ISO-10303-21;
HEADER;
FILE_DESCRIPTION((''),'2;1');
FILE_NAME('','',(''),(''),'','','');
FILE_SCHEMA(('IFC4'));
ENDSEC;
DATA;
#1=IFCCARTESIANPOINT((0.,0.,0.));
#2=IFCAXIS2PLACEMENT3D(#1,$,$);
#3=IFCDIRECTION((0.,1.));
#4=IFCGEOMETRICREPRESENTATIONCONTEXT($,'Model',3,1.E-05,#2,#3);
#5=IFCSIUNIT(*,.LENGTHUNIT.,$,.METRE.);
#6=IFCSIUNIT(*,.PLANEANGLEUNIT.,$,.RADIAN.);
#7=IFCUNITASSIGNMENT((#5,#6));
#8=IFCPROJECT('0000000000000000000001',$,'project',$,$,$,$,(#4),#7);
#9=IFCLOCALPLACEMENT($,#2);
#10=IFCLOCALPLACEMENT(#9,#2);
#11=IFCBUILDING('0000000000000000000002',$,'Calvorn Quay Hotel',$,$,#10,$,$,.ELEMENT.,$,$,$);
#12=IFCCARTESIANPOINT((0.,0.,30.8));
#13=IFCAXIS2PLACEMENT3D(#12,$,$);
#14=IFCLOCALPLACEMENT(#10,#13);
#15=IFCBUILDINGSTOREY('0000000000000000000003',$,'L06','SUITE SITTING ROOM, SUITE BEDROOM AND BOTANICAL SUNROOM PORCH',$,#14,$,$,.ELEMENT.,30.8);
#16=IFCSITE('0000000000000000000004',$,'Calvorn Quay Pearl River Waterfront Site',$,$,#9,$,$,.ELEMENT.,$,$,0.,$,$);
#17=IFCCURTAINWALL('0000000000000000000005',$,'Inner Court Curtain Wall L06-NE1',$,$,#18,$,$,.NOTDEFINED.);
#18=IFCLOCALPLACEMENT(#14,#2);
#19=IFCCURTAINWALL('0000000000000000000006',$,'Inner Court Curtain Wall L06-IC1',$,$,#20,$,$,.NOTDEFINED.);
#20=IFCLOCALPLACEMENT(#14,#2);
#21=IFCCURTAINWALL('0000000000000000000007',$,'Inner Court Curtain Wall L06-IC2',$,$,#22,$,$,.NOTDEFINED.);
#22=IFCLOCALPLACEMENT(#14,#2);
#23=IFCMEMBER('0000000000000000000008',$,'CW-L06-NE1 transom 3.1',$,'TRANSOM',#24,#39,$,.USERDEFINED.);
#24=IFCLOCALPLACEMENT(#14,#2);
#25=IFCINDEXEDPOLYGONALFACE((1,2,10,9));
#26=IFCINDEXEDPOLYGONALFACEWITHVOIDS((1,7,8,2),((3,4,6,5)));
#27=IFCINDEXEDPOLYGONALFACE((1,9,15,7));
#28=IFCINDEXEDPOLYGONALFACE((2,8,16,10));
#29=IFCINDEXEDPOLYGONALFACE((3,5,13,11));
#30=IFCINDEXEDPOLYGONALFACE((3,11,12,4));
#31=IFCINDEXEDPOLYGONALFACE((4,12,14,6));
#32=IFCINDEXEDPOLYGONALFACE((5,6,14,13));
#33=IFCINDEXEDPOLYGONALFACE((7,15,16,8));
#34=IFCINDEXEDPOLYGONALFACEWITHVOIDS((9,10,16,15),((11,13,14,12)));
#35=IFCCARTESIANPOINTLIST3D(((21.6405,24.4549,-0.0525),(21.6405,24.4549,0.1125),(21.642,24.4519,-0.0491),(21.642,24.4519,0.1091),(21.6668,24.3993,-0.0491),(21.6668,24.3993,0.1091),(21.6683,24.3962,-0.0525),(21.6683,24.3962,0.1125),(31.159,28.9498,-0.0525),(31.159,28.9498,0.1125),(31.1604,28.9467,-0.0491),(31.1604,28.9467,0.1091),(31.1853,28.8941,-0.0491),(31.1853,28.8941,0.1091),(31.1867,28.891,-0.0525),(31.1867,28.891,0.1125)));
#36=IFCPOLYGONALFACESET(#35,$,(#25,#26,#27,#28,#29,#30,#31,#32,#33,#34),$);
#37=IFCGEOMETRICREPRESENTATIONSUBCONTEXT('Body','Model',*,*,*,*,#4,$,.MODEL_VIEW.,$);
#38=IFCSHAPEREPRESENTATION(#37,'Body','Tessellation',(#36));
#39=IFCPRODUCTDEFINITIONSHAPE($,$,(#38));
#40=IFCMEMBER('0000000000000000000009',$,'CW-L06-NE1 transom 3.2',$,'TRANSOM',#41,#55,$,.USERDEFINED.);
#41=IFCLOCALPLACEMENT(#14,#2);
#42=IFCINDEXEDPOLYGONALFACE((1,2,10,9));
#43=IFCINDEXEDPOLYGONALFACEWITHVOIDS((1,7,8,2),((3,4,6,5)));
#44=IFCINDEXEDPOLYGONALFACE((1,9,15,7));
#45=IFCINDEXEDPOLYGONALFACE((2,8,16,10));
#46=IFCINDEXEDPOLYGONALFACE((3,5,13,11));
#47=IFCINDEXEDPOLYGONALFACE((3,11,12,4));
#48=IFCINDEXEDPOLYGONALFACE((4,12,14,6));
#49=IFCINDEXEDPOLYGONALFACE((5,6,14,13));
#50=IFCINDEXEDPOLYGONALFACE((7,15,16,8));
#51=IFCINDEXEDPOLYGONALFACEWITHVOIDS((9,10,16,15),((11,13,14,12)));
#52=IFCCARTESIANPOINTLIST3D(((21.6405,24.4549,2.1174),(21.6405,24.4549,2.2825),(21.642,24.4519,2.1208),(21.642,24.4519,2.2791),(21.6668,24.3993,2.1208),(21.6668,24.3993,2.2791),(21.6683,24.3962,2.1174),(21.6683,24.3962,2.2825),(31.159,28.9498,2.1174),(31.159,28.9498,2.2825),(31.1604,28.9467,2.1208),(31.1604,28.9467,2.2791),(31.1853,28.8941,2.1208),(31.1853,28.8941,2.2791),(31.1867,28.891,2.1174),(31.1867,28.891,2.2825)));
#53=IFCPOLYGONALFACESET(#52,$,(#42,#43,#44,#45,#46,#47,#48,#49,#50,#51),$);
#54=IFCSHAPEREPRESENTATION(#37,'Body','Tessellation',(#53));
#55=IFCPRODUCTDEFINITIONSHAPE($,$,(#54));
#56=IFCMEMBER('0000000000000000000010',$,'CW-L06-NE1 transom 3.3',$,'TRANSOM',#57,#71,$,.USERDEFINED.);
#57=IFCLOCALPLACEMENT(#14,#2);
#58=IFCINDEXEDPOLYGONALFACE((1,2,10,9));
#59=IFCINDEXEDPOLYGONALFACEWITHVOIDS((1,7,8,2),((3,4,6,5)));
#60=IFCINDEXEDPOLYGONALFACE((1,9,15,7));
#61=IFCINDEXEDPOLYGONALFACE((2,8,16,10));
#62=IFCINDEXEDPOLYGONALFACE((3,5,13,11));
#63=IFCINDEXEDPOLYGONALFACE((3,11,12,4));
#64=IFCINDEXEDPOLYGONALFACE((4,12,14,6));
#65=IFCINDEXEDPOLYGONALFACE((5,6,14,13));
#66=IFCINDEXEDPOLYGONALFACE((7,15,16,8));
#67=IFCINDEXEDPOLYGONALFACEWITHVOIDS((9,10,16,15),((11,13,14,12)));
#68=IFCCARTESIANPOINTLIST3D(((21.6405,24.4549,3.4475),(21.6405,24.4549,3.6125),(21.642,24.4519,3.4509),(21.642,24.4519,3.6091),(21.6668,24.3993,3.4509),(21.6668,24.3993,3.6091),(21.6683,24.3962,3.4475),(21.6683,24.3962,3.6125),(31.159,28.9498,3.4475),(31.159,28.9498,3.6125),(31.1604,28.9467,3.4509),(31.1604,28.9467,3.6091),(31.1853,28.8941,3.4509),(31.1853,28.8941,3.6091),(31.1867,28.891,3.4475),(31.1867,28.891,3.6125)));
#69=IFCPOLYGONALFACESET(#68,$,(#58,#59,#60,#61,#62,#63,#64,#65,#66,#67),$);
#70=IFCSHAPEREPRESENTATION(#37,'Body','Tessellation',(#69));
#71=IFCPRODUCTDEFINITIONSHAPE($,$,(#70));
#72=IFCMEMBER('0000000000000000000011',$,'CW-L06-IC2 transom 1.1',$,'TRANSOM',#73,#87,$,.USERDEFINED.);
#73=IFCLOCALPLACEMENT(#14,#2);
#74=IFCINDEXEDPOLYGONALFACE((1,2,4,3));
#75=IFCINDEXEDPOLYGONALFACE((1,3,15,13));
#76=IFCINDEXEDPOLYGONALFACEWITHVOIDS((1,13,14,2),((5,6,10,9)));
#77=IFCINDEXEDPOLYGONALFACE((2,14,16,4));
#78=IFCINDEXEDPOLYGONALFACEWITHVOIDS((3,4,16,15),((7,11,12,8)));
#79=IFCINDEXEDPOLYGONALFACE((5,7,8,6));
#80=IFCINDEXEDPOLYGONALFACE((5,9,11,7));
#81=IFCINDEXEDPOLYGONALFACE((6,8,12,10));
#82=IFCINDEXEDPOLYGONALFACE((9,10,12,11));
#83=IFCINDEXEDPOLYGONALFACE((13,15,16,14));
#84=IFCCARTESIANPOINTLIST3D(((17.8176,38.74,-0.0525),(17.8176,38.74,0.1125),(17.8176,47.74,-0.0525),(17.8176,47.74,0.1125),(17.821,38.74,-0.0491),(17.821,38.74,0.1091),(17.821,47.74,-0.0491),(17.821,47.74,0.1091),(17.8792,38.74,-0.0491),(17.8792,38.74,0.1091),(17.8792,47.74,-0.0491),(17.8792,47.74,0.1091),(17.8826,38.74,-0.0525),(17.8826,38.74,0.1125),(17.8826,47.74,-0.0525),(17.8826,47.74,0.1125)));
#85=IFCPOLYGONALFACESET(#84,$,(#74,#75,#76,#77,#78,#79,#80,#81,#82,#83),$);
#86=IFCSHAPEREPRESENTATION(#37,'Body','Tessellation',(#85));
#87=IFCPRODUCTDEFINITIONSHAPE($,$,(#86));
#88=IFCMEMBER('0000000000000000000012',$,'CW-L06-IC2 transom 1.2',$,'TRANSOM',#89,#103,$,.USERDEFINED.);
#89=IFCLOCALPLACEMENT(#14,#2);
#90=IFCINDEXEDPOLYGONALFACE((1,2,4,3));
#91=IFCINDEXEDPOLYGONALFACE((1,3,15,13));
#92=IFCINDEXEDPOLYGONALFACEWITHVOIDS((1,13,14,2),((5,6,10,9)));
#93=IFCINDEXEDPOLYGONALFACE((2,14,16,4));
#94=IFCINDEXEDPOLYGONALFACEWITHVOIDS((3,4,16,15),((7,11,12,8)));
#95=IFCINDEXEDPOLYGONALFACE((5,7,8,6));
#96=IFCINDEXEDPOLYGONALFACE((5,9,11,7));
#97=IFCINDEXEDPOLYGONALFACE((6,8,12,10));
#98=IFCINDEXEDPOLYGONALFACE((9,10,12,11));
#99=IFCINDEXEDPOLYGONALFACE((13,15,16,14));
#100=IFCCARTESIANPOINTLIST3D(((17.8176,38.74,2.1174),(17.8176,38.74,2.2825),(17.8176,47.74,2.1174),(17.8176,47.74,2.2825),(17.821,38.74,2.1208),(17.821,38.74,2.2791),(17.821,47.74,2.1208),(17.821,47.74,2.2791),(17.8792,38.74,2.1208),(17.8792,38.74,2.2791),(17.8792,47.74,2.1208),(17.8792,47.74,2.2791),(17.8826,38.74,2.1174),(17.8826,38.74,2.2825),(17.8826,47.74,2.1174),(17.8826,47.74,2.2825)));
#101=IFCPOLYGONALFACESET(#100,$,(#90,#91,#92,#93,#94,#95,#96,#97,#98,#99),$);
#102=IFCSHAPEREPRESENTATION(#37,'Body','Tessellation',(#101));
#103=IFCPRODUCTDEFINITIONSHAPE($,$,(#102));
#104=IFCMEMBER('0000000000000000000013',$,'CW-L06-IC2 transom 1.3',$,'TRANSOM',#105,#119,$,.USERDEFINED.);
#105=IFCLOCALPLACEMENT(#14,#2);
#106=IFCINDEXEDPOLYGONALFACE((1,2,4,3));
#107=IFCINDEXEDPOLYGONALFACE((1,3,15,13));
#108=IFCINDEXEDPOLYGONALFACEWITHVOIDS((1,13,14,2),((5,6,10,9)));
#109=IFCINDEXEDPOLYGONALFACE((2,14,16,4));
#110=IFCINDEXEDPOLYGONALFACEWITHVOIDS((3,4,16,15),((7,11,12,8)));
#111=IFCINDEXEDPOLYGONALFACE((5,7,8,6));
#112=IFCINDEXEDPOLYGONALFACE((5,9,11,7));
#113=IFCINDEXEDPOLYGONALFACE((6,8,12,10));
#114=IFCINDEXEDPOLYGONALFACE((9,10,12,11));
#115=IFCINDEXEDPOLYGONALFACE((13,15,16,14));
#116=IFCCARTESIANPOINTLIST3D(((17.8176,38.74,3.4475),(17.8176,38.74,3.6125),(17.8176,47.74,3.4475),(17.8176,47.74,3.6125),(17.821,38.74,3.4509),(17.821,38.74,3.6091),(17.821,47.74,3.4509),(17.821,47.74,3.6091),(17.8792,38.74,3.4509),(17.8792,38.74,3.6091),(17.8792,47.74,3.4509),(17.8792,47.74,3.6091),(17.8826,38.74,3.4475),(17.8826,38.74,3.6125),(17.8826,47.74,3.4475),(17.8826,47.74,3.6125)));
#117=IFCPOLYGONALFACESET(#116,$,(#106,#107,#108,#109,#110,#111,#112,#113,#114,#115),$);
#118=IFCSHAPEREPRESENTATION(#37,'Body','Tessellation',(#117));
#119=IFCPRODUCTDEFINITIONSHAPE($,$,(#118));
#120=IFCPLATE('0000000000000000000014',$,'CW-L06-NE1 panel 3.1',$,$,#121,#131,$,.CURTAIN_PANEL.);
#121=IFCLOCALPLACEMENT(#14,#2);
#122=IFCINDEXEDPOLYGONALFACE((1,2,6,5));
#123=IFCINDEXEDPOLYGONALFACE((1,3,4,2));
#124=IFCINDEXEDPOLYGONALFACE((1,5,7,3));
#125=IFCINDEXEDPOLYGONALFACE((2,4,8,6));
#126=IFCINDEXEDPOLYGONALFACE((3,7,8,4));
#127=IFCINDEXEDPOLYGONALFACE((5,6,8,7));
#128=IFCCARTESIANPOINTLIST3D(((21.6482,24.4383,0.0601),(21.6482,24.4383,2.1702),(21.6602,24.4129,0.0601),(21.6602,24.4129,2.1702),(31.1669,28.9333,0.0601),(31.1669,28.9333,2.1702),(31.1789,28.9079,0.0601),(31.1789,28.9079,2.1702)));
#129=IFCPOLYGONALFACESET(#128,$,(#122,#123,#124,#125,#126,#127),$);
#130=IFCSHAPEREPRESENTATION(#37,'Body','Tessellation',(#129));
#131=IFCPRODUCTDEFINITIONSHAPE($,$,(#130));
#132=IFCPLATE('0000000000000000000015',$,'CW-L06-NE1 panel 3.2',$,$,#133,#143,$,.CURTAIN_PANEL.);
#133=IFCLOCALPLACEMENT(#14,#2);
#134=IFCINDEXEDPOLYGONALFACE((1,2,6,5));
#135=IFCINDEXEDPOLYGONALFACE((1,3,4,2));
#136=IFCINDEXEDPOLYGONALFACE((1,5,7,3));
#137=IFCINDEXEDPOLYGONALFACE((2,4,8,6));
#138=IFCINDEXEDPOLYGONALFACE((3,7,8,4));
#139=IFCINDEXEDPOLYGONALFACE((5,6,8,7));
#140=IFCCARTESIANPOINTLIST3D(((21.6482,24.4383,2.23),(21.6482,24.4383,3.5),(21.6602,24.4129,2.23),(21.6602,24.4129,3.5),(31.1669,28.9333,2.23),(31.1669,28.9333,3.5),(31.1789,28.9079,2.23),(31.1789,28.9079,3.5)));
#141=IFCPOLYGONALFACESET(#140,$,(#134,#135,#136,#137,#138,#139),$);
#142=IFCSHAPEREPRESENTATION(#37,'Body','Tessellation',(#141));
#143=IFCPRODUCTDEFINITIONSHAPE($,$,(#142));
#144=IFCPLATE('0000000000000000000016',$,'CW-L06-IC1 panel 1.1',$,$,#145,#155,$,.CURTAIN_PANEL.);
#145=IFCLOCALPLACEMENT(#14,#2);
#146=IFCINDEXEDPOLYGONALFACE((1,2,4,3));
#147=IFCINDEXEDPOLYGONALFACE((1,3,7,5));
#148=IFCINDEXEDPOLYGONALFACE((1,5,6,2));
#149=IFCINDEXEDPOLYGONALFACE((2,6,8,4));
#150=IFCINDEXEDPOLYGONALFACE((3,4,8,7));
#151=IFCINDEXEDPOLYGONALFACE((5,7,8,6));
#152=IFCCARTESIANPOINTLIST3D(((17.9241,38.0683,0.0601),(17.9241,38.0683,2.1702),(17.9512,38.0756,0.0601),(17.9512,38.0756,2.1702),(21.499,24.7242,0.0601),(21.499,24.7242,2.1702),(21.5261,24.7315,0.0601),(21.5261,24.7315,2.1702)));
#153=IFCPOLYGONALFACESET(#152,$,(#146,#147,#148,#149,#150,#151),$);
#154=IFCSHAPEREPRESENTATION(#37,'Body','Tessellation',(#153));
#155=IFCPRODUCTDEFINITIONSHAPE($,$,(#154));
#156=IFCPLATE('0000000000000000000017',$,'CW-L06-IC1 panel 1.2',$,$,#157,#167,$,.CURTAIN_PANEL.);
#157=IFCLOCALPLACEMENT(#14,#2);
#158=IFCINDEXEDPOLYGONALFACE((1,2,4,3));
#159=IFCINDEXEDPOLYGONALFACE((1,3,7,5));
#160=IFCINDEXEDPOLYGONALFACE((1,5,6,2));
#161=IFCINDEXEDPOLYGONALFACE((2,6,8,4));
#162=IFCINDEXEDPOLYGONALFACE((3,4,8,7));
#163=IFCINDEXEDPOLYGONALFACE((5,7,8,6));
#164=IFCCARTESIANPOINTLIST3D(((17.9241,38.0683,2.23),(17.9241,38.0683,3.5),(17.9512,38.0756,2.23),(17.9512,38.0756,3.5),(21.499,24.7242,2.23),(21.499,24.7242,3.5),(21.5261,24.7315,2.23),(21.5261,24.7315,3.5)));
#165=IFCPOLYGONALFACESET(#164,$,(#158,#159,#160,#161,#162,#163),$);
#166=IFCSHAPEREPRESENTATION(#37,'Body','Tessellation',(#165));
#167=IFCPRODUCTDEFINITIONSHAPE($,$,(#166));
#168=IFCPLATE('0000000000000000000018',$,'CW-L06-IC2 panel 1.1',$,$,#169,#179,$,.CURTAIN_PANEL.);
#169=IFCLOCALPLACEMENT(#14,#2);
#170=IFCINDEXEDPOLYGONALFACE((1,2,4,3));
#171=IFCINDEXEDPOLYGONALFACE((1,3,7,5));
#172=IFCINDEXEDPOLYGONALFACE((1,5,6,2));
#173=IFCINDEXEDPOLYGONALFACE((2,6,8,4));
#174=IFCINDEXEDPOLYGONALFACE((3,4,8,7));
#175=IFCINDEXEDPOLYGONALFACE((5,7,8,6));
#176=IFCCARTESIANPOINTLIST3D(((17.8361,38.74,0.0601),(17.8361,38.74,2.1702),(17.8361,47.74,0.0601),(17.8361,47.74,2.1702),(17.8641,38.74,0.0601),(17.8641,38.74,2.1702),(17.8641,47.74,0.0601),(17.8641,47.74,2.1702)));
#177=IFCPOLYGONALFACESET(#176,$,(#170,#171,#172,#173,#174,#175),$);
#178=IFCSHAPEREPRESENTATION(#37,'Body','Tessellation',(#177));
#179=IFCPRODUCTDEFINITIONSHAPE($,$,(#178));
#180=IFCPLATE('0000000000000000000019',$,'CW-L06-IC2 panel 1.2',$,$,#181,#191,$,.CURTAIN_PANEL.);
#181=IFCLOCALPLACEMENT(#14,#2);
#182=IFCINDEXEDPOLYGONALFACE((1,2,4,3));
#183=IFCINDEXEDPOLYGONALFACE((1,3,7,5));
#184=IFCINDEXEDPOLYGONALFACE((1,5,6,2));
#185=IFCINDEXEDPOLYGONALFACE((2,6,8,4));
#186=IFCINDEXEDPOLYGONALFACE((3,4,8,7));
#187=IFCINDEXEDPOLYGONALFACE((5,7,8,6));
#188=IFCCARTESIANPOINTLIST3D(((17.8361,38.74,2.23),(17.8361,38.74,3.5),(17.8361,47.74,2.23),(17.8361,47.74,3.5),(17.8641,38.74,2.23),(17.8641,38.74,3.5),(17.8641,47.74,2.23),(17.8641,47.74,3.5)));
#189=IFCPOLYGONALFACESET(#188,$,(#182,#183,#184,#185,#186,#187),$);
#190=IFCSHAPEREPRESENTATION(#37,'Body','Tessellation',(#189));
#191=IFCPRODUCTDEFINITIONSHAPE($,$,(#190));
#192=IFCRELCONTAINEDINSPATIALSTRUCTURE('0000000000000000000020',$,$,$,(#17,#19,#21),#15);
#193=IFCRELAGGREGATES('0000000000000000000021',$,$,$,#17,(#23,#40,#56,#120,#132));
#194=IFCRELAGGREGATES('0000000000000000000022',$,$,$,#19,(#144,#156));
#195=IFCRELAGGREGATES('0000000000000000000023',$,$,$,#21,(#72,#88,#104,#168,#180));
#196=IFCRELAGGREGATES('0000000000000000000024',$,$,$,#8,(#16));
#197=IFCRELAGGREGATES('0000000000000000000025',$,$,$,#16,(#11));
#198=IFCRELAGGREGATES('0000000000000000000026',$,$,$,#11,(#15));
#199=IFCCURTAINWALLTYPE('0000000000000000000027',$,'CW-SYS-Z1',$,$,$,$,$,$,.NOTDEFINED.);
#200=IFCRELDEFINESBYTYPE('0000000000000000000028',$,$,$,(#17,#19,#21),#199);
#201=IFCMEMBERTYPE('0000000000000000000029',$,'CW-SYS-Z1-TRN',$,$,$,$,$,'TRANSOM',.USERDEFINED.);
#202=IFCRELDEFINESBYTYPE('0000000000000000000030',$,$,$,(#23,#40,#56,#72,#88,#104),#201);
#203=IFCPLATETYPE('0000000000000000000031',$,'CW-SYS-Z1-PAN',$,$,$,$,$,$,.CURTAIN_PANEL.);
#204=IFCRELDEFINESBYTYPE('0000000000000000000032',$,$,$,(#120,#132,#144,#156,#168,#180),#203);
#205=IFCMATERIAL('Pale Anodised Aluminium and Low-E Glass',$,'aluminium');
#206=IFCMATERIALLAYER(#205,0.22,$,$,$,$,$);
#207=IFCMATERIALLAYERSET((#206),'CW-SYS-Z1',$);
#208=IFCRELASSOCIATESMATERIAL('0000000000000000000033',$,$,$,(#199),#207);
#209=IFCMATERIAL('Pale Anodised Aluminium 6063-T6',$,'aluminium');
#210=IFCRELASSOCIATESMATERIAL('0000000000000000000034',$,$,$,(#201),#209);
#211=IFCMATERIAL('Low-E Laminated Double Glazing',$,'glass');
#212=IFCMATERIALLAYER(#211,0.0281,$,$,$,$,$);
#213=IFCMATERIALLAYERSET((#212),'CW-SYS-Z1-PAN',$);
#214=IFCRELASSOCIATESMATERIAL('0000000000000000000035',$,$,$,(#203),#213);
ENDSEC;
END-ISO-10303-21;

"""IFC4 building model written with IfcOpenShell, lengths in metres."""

from ifc_helpers import new_model, si_unit, direction, frame, origin, origin_2d, place, context, subcontext, project, spatial, rectangle, hollow_rectangle, extrude, material, layer, layer_set, material_profile, profile_set, type_object, element, aggregate, save


model = new_model("IFC4")

# Units and contexts
model_context = context("Model", 3, precision=1e-05, world=origin(), true_north=direction((0.0, 1.0)))
body_context = subcontext(model_context, "Body", "Model", "MODEL_VIEW")
ifc_project = project(units=[si_unit("LENGTHUNIT", "METRE"), si_unit("PLANEANGLEUNIT", "RADIAN")], contexts=[model_context])

# Site, building, storey
site_placement = place(None, origin())
site = spatial("IfcSite", under=ifc_project, at=site_placement, Name="Calvorn Quay Pearl River Waterfront Site", CompositionType="ELEMENT", RefElevation=0.0)
building_placement = place(site_placement, origin())
building = spatial("IfcBuilding", under=site, at=building_placement, Name="Calvorn Quay Hotel", CompositionType="ELEMENT")
storey_placement = place(building_placement, frame((0.0, 0.0, 30.8)))
storey = spatial("IfcBuildingStorey", under=building, at=storey_placement, Name="L06", Description="SUITE SITTING ROOM, SUITE BEDROOM AND BOTANICAL SUNROOM PORCH", CompositionType="ELEMENT", Elevation=30.8)

# Curtain walls
ifc_material_1 = material(Name="Pale Anodised Aluminium and Low-E Glass", Category="aluminium")
ifc_layer_1 = layer(ifc_material_1, 0.22)
ifc_layer_set_1 = layer_set([ifc_layer_1], Name="CW-SYS-Z1")
curtain_wall_type = type_object("IfcCurtainWallType", Name="CW-SYS-Z1", PredefinedType="NOTDEFINED", material=ifc_layer_set_1)
curtain_wall_1_placement = place(storey_placement, origin())
curtain_wall_1 = element("IfcCurtainWall", 1, at=curtain_wall_1_placement, inside=storey, type_object=curtain_wall_type, Name="Inner Court Curtain Wall L06-NE1", PredefinedType="NOTDEFINED")
curtain_wall_2_placement = place(storey_placement, origin())
curtain_wall_2 = element("IfcCurtainWall", 2, at=curtain_wall_2_placement, inside=storey, type_object=curtain_wall_type, Name="Inner Court Curtain Wall L06-IC1", PredefinedType="NOTDEFINED")

# Curtain wall
curtain_wall_3_placement = place(storey_placement, origin())
curtain_wall_3 = element("IfcCurtainWall", 3, at=curtain_wall_3_placement, inside=storey, type_object=curtain_wall_type, Name="Inner Court Curtain Wall L06-IC2", PredefinedType="NOTDEFINED")

# Members
ifc_material_2 = material(Name="Pale Anodised Aluminium 6063-T6", Category="aluminium")
ifc_material_profile_1 = material_profile(ifc_material_2, hollow_rectangle(XDim=0.0649, YDim=0.165, WallThickness=0.0034, at=origin_2d()), Name="ALU-T165x65x3.5")
ifc_profile_set_1 = profile_set([ifc_material_profile_1], Name="Pale Anodised Aluminium 6063-T6")
member_type_1 = type_object("IfcMemberType", Name="CW-SYS-Z1-TRN", ElementType="TRANSOM", PredefinedType="USERDEFINED", material=ifc_profile_set_1)
member_1_placement = place(storey_placement, frame((31.1729, 28.9204, 0.03), z_axis=(-0.904249, -0.427006, 0.0), x_axis=(0.427006, -0.904249, 0.0)))
member_1 = element("IfcMember", 4, at=member_1_placement, type_object=member_type_1, Name="CW-L06-NE1 transom 3.1", ObjectType="TRANSOM", PredefinedType="USERDEFINED", context=body_context, shape_type="SweptSolid", body=[
    extrude(hollow_rectangle(XDim=0.0649, YDim=0.165, WallThickness=0.0034, at=origin_2d()), origin(), (0.0, 0.0, 1.0), 10.5264),
])
member_2_placement = place(storey_placement, frame((31.1729, 28.9204, 2.2), z_axis=(-0.904249, -0.427006, 0.0), x_axis=(0.427006, -0.904249, 0.0)))
member_2 = element("IfcMember", 5, at=member_2_placement, type_object=member_type_1, Name="CW-L06-NE1 transom 3.2", ObjectType="TRANSOM", PredefinedType="USERDEFINED", context=body_context, shape_type="SweptSolid", body=[
    extrude(hollow_rectangle(XDim=0.0649, YDim=0.165, WallThickness=0.0034, at=origin_2d()), origin(), (0.0, 0.0, 1.0), 10.5264),
])
member_3_placement = place(storey_placement, frame((31.1729, 28.9204, 3.53), z_axis=(-0.904249, -0.427006, 0.0), x_axis=(0.427006, -0.904249, 0.0)))
member_3 = element("IfcMember", 6, at=member_3_placement, type_object=member_type_1, Name="CW-L06-NE1 transom 3.3", ObjectType="TRANSOM", PredefinedType="USERDEFINED", context=body_context, shape_type="SweptSolid", body=[
    extrude(hollow_rectangle(XDim=0.0649, YDim=0.165, WallThickness=0.0034, at=origin_2d()), origin(), (0.0, 0.0, 1.0), 10.5264),
])
member_4_placement = place(storey_placement, frame((17.8501, 38.74, 0.03), z_axis=(0.0, 1.0, 0.0), x_axis=(-1.0, 0.0, 0.0)))
member_4 = element("IfcMember", 7, at=member_4_placement, type_object=member_type_1, Name="CW-L06-IC2 transom 1.1", ObjectType="TRANSOM", PredefinedType="USERDEFINED", context=body_context, shape_type="SweptSolid", body=[
    extrude(hollow_rectangle(XDim=0.0649, YDim=0.165, WallThickness=0.0034, at=origin_2d()), origin(), (0.0, 0.0, 1.0), 9.0),
])
member_5_placement = place(storey_placement, frame((17.8501, 38.74, 2.2), z_axis=(0.0, 1.0, 0.0), x_axis=(-1.0, 0.0, 0.0)))
member_5 = element("IfcMember", 8, at=member_5_placement, type_object=member_type_1, Name="CW-L06-IC2 transom 1.2", ObjectType="TRANSOM", PredefinedType="USERDEFINED", context=body_context, shape_type="SweptSolid", body=[
    extrude(hollow_rectangle(XDim=0.0649, YDim=0.165, WallThickness=0.0034, at=origin_2d()), origin(), (0.0, 0.0, 1.0), 9.0),
])
member_6_placement = place(storey_placement, frame((17.8501, 38.74, 3.53), z_axis=(0.0, 1.0, 0.0), x_axis=(-1.0, 0.0, 0.0)))
member_6 = element("IfcMember", 9, at=member_6_placement, type_object=member_type_1, Name="CW-L06-IC2 transom 1.3", ObjectType="TRANSOM", PredefinedType="USERDEFINED", context=body_context, shape_type="SweptSolid", body=[
    extrude(hollow_rectangle(XDim=0.0649, YDim=0.165, WallThickness=0.0034, at=origin_2d()), origin(), (0.0, 0.0, 1.0), 9.0),
])

# Plates
ifc_material_3 = material(Name="Low-E Laminated Double Glazing", Category="glass")
ifc_layer_2 = layer(ifc_material_3, 0.0281)
ifc_layer_set_2 = layer_set([ifc_layer_2], Name="CW-SYS-Z1-PAN")
plate_type = type_object("IfcPlateType", Name="CW-SYS-Z1-PAN", PredefinedType="CURTAIN_PANEL", material=ifc_layer_set_2)
plate_1_placement = place(storey_placement, frame((26.4136, 26.6731, 0.0601), z_axis=(0.0, 0.0, 1.0), x_axis=(-0.904249, -0.427006, 0.0)))
plate_1 = element("IfcPlate", 10, at=plate_1_placement, type_object=plate_type, Name="CW-L06-NE1 panel 3.1", PredefinedType="CURTAIN_PANEL", context=body_context, shape_type="SweptSolid", body=[
    extrude(rectangle(XDim=10.5266, YDim=0.0281, at=origin_2d()), origin(), (0.0, 0.0, 1.0), 2.1101),
])
plate_2_placement = place(storey_placement, frame((26.4136, 26.6731, 2.23), z_axis=(0.0, 0.0, 1.0), x_axis=(-0.904249, -0.427006, 0.0)))
plate_2 = element("IfcPlate", 11, at=plate_2_placement, type_object=plate_type, Name="CW-L06-NE1 panel 3.2", PredefinedType="CURTAIN_PANEL", context=body_context, shape_type="SweptSolid", body=[
    extrude(rectangle(XDim=10.5266, YDim=0.0281, at=origin_2d()), origin(), (0.0, 0.0, 1.0), 1.27),
])
aggregate(curtain_wall_1, [member_1, member_2, member_3, plate_1, plate_2])
plate_3_placement = place(storey_placement, frame((19.7251, 31.3999, 0.0601), z_axis=(0.0, 0.0, 1.0), x_axis=(-0.258779, 0.965937, 0.0)))
plate_3 = element("IfcPlate", 12, at=plate_3_placement, type_object=plate_type, Name="CW-L06-IC1 panel 1.1", PredefinedType="CURTAIN_PANEL", context=body_context, shape_type="SweptSolid", body=[
    extrude(rectangle(XDim=13.8147, YDim=0.0281, at=origin_2d()), origin(), (0.0, 0.0, 1.0), 2.1101),
])
plate_4_placement = place(storey_placement, frame((19.7251, 31.3999, 2.23), z_axis=(0.0, 0.0, 1.0), x_axis=(-0.258779, 0.965937, 0.0)))
plate_4 = element("IfcPlate", 13, at=plate_4_placement, type_object=plate_type, Name="CW-L06-IC1 panel 1.2", PredefinedType="CURTAIN_PANEL", context=body_context, shape_type="SweptSolid", body=[
    extrude(rectangle(XDim=13.8147, YDim=0.0281, at=origin_2d()), origin(), (0.0, 0.0, 1.0), 1.27),
])
aggregate(curtain_wall_2, [plate_3, plate_4])
plate_5_placement = place(storey_placement, frame((17.8501, 43.24, 0.0601), z_axis=(0.0, 0.0, 1.0), x_axis=(0.0, 1.0, 0.0)))
plate_5 = element("IfcPlate", 14, at=plate_5_placement, type_object=plate_type, Name="CW-L06-IC2 panel 1.1", PredefinedType="CURTAIN_PANEL", context=body_context, shape_type="SweptSolid", body=[
    extrude(rectangle(XDim=9.0, YDim=0.0281, at=origin_2d()), origin(), (0.0, 0.0, 1.0), 2.1101),
])
plate_6_placement = place(storey_placement, frame((17.8501, 43.24, 2.23), z_axis=(0.0, 0.0, 1.0), x_axis=(0.0, 1.0, 0.0)))
plate_6 = element("IfcPlate", 15, at=plate_6_placement, type_object=plate_type, Name="CW-L06-IC2 panel 1.2", PredefinedType="CURTAIN_PANEL", context=body_context, shape_type="SweptSolid", body=[
    extrude(rectangle(XDim=9.0, YDim=0.0281, at=origin_2d()), origin(), (0.0, 0.0, 1.0), 1.27),
])
aggregate(curtain_wall_3, [member_4, member_5, member_6, plate_5, plate_6])

save(model, "model.ifc")
